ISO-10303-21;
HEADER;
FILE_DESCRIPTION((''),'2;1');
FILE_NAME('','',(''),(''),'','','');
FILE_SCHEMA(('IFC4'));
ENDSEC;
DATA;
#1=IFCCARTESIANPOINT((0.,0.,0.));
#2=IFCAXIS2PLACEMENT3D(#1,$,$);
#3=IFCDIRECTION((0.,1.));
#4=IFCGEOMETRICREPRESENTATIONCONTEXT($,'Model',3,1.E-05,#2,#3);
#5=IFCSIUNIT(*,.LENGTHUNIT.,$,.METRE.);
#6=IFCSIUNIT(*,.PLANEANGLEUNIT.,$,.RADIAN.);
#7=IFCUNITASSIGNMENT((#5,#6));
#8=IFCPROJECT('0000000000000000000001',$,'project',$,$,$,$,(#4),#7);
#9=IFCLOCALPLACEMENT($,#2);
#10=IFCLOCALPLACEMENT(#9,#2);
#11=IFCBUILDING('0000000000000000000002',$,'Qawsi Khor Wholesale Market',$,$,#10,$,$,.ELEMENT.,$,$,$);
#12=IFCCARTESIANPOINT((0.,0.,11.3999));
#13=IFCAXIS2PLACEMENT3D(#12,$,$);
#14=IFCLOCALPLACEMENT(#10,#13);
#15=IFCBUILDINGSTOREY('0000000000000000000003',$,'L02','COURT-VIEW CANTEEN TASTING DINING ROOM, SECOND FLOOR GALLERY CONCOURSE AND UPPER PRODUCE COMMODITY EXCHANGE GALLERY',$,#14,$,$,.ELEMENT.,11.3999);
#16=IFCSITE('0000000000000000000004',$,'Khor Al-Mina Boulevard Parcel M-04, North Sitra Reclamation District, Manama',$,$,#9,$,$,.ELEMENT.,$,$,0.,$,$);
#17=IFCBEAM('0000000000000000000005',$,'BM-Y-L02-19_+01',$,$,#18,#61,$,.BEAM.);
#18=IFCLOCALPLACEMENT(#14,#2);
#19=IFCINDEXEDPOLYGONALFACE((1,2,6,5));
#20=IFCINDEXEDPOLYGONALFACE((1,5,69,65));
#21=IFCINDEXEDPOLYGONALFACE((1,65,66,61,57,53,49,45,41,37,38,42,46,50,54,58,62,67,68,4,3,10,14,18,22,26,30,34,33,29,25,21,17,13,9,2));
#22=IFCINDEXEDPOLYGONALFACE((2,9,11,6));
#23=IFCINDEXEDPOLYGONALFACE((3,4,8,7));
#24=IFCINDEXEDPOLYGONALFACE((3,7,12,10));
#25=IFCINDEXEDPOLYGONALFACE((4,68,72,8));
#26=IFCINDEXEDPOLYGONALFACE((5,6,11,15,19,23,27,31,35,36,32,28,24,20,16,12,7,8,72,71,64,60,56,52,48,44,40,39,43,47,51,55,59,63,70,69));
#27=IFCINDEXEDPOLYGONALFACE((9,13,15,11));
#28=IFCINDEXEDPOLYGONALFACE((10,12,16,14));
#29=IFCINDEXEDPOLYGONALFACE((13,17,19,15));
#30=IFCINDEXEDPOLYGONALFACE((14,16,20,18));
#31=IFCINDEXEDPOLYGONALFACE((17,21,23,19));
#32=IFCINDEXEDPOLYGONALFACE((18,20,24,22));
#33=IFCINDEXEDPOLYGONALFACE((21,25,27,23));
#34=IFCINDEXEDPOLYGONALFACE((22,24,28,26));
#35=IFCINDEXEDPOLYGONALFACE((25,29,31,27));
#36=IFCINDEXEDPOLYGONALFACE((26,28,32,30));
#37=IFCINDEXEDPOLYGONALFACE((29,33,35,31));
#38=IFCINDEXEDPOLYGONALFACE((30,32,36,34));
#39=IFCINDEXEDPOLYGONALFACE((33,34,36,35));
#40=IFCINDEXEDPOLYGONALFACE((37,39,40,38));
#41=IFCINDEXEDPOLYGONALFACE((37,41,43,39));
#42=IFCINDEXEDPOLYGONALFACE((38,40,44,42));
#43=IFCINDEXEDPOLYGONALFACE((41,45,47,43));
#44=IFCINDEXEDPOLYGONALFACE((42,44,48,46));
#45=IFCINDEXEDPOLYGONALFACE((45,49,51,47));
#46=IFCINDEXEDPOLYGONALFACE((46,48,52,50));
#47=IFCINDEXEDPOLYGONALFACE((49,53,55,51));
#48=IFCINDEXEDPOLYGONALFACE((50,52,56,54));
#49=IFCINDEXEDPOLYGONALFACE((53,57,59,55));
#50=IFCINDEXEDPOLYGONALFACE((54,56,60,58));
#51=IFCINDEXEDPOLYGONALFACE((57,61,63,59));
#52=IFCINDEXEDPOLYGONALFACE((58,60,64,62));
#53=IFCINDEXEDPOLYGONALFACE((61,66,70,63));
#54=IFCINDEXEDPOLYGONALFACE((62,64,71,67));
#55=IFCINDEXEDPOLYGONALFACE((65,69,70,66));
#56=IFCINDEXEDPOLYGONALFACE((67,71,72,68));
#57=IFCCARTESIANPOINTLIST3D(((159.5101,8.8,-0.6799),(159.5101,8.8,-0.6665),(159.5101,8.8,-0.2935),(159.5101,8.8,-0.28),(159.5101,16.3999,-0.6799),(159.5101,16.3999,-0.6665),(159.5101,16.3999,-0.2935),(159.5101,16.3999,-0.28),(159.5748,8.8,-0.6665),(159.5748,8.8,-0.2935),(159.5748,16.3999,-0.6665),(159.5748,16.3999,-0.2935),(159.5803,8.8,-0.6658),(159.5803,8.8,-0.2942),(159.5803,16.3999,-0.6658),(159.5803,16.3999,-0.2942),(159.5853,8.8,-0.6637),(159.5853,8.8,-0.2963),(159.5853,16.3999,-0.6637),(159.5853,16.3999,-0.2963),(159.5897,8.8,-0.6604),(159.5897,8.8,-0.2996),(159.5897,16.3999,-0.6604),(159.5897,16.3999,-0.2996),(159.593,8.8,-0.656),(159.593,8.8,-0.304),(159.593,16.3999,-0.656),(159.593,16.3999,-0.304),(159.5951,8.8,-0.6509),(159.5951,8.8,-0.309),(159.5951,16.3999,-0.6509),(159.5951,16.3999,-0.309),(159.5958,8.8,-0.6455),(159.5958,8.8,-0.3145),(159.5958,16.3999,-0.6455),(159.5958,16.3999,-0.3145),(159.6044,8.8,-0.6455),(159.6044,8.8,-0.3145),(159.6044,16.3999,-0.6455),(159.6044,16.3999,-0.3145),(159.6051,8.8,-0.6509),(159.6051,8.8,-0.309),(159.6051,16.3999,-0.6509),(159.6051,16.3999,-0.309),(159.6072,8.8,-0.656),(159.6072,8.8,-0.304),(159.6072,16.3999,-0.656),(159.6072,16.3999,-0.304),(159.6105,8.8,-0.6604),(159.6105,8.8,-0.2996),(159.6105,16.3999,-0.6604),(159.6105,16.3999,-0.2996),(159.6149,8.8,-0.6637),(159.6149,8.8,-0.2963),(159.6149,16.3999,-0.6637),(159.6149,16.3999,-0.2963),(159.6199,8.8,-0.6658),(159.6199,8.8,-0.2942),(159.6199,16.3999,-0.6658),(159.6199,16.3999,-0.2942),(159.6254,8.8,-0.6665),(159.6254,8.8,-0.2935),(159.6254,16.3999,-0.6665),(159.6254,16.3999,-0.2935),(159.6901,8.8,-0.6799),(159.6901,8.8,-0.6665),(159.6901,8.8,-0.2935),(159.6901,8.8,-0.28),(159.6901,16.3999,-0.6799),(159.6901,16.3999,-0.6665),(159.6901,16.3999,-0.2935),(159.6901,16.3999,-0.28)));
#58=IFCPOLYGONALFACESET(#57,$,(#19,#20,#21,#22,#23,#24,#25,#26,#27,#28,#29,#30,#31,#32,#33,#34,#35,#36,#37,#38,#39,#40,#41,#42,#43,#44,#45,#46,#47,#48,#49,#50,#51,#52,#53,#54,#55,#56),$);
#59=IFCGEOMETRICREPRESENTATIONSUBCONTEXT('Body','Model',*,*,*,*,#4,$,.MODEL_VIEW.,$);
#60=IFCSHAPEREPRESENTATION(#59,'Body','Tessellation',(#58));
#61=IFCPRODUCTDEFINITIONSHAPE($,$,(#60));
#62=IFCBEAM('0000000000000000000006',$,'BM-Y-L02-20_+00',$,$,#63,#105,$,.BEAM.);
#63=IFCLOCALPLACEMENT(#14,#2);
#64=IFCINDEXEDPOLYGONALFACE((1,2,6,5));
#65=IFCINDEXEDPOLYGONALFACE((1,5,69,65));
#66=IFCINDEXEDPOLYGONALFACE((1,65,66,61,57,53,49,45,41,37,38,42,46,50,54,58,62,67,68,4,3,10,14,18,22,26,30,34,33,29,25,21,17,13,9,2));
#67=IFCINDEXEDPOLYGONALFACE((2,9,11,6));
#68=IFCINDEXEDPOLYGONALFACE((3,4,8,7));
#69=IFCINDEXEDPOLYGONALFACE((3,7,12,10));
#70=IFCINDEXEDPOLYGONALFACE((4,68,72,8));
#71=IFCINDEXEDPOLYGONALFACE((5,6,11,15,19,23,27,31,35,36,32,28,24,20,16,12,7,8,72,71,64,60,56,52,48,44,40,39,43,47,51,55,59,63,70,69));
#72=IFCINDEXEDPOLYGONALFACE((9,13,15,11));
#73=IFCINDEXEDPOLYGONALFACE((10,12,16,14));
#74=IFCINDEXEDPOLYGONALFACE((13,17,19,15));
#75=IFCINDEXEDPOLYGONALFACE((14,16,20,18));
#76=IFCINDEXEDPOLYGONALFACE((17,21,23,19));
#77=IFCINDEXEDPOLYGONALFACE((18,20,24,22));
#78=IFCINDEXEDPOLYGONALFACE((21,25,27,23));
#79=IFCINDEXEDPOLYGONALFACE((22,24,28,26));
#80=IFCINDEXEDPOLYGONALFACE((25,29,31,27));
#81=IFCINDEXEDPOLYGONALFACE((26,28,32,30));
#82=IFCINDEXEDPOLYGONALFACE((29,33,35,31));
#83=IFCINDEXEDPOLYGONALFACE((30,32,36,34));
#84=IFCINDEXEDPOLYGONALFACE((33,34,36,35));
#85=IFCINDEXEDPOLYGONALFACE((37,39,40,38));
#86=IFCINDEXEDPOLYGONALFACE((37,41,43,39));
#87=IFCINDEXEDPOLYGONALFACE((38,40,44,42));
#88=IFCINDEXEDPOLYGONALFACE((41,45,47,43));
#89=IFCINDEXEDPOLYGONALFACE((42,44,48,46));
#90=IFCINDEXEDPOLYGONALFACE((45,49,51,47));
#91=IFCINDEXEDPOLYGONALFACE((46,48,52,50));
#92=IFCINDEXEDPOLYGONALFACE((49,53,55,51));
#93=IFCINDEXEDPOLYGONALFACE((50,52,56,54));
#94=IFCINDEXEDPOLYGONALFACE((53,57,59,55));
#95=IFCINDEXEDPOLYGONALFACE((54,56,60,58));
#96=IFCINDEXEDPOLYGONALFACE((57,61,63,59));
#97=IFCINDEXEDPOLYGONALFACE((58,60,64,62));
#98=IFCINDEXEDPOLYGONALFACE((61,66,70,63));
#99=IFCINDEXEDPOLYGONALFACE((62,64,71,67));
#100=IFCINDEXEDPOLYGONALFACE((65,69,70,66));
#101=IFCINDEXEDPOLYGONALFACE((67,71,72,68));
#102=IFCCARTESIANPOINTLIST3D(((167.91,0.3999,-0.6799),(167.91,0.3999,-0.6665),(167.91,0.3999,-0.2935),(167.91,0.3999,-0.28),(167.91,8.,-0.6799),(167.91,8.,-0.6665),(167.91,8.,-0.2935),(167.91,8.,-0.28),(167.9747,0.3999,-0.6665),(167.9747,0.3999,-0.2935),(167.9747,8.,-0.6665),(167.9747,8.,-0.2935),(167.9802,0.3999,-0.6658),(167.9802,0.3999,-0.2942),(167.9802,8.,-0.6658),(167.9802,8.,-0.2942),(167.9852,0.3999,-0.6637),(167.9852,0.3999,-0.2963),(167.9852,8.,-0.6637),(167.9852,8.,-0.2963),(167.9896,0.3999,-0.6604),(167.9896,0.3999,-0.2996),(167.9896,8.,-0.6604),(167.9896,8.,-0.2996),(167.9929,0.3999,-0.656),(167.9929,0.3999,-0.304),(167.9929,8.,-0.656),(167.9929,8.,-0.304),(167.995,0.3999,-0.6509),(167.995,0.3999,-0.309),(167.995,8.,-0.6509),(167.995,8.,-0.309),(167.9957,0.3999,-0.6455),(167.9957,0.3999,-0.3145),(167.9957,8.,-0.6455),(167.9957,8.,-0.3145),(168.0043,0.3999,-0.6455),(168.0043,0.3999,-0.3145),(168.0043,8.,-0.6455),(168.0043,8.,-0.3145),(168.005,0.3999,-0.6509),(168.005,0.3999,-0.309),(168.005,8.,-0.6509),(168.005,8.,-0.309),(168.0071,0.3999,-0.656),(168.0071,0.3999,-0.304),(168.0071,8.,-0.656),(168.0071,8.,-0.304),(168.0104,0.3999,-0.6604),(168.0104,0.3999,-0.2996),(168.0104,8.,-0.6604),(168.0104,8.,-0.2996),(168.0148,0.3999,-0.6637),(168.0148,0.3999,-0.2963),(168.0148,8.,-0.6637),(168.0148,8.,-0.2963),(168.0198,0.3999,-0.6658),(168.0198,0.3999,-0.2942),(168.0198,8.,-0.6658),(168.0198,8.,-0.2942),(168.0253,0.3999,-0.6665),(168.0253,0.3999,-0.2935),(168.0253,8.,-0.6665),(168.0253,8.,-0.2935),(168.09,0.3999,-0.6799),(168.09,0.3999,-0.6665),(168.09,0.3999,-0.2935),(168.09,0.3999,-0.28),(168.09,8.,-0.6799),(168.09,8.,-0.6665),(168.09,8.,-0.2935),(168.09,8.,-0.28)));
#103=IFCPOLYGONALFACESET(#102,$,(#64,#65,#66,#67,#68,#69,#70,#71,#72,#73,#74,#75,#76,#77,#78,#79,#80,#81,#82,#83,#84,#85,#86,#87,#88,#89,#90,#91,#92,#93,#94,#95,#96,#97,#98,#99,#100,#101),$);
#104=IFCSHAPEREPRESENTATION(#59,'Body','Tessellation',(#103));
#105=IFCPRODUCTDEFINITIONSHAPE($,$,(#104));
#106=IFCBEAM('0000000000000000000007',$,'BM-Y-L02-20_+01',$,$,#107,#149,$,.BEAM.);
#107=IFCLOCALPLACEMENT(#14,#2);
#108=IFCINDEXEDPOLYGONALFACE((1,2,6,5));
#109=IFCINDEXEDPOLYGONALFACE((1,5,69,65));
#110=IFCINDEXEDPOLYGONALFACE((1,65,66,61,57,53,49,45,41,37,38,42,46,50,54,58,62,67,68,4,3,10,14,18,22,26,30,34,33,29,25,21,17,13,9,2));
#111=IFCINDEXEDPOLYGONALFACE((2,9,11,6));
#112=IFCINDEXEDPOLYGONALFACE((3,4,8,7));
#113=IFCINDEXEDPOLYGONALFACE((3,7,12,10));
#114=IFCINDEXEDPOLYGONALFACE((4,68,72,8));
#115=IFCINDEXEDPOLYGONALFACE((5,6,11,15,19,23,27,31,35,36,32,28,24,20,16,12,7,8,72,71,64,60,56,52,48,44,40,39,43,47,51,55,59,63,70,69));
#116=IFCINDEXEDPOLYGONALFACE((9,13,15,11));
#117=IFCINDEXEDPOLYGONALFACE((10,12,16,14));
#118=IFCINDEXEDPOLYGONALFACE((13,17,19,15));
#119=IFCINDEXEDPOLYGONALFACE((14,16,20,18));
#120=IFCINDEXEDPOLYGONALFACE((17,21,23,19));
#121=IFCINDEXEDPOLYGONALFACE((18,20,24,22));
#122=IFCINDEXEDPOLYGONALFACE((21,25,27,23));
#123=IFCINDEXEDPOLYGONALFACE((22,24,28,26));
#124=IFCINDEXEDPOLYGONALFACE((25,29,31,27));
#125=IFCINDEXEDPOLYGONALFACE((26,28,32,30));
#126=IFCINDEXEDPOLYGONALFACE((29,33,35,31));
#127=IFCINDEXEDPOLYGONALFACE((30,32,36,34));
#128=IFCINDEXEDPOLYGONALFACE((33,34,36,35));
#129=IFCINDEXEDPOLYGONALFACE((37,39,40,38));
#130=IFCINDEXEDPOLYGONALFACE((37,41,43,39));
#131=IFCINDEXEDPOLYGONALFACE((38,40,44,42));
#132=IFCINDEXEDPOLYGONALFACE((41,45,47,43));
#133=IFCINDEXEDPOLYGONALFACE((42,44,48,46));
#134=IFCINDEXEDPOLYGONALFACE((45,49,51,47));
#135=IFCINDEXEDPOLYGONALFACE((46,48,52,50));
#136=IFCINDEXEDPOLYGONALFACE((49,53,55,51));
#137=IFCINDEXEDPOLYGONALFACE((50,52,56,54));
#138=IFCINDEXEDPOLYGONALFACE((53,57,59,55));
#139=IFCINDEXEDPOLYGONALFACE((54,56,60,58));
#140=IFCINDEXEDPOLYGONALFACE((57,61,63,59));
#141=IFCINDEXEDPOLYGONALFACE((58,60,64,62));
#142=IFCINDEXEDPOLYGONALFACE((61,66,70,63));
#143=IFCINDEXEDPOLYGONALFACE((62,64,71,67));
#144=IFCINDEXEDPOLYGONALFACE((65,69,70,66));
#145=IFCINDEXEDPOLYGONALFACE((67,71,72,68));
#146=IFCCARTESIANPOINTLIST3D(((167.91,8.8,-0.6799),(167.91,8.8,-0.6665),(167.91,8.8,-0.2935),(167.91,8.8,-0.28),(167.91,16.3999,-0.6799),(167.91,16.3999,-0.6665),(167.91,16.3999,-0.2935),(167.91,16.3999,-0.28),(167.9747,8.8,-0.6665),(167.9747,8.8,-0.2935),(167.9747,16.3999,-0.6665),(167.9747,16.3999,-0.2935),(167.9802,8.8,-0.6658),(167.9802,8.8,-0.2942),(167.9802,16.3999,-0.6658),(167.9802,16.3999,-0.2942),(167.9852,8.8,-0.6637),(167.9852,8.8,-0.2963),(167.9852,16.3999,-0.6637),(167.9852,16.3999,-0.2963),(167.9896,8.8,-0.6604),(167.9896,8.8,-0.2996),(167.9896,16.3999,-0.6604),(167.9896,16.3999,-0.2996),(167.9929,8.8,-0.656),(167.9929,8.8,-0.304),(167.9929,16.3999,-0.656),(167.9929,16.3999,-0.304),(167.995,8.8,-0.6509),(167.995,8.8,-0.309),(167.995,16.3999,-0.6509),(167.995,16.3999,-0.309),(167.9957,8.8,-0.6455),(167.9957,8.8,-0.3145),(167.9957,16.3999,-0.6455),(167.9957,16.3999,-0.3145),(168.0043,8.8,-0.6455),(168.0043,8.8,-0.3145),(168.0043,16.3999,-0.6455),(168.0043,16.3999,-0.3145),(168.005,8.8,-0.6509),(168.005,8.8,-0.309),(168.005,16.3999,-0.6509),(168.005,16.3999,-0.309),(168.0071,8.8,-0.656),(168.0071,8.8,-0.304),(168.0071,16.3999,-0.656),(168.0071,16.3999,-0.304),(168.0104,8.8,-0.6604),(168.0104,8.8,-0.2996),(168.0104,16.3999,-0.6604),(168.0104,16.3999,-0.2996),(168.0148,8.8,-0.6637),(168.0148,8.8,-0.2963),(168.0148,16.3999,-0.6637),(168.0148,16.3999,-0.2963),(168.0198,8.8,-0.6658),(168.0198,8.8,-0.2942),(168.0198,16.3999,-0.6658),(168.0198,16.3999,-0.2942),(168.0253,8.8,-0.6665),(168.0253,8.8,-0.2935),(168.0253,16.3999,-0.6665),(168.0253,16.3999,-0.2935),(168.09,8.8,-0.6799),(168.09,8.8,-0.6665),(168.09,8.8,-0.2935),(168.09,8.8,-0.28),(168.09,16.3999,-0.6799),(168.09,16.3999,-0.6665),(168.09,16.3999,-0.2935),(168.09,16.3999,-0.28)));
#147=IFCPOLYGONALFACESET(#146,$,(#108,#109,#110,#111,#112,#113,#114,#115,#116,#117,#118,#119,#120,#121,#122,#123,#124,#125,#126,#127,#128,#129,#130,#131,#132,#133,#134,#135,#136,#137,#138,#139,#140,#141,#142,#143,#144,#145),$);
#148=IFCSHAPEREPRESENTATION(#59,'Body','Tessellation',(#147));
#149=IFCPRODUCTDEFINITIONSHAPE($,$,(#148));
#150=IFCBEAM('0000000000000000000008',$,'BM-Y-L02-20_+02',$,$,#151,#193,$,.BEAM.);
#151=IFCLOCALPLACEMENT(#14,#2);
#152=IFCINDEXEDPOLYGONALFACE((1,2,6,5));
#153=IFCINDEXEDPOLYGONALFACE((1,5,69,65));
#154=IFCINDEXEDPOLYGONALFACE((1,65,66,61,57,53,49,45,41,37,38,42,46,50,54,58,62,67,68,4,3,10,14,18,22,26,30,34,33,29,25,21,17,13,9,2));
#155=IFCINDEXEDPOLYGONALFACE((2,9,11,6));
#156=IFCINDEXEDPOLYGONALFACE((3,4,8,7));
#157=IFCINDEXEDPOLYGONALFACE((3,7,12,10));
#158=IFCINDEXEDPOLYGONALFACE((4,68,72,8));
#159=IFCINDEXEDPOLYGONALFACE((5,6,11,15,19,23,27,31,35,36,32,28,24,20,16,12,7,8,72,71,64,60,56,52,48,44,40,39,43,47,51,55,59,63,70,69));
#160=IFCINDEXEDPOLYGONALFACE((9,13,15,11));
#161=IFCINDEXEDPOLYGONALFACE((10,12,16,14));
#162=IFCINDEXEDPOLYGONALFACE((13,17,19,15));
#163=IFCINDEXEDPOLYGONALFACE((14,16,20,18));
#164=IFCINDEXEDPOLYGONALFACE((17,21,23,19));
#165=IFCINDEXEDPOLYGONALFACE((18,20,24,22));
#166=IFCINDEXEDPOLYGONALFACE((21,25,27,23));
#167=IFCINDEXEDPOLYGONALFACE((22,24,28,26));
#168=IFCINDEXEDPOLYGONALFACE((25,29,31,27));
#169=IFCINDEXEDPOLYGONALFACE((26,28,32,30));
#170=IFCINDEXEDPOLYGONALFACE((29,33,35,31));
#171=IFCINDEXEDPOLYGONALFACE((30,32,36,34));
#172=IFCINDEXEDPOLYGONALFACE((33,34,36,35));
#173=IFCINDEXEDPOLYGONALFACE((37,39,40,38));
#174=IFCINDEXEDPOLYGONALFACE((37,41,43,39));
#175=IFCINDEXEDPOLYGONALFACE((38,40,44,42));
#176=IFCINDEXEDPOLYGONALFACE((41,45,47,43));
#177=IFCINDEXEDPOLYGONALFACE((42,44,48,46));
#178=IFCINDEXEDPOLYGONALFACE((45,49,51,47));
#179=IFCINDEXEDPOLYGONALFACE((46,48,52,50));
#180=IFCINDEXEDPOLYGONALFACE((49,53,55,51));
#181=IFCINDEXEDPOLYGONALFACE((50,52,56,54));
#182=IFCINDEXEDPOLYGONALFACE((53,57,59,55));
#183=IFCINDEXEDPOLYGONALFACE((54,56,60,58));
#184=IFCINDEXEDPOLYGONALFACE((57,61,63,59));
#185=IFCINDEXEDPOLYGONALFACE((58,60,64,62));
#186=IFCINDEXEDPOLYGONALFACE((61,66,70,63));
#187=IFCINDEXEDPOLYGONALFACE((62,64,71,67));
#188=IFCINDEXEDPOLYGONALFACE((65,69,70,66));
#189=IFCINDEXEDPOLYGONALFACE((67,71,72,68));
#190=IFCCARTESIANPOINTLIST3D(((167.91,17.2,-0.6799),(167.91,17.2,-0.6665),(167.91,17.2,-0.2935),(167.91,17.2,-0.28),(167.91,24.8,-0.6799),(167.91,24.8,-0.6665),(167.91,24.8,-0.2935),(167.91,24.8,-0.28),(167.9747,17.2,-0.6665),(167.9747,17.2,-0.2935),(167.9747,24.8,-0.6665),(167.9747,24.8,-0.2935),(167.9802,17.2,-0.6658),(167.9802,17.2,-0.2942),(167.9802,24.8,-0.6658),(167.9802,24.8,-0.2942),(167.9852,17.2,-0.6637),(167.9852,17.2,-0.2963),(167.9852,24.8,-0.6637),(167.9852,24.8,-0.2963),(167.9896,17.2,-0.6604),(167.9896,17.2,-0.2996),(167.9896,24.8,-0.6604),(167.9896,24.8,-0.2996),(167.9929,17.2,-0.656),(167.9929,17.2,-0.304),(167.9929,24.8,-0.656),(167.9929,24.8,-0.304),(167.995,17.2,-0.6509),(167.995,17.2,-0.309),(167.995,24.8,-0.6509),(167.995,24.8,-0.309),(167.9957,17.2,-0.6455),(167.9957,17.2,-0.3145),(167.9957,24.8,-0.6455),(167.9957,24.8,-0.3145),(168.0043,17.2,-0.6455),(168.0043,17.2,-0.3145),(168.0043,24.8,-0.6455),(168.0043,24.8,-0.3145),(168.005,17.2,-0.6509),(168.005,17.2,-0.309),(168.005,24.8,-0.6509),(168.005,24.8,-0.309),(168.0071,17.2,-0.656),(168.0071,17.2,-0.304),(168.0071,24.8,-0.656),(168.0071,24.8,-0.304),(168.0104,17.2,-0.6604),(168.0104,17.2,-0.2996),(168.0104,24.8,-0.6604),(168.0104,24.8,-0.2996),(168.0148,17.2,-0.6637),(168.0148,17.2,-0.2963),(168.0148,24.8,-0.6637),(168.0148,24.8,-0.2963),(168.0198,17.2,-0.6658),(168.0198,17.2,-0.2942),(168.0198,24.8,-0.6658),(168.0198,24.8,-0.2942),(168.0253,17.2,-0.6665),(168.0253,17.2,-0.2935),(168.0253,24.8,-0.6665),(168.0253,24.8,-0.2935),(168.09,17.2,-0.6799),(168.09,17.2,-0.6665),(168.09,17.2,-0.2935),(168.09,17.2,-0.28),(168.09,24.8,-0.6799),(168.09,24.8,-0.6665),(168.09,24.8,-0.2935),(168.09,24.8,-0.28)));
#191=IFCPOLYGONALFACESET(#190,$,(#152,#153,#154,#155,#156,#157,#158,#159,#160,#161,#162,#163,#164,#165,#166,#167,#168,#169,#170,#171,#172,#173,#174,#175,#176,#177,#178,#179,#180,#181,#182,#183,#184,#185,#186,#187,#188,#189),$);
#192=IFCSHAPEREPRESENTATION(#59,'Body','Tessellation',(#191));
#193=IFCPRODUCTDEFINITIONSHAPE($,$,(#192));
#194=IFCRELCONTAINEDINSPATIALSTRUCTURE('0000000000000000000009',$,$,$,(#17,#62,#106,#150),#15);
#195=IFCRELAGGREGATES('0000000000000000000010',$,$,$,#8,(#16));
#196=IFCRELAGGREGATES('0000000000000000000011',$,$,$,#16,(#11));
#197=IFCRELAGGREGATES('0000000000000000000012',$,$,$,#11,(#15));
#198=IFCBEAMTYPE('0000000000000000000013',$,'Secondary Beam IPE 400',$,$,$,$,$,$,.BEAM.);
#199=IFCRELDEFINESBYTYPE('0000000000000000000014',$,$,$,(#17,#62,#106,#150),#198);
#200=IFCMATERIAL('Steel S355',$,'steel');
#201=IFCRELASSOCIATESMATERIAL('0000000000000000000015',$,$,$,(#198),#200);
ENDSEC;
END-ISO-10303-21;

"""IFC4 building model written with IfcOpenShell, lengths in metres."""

from ifc_helpers import new_model, si_unit, direction, frame, origin, origin_2d, place, context, subcontext, project, spatial, i_section, extrude, material, material_profile, profile_set, type_object, element, save


model = new_model("IFC4")

# Units and contexts
model_context = context("Model", 3, precision=1e-05, world=origin(), true_north=direction((0.0, 1.0)))
body_context = subcontext(model_context, "Body", "Model", "MODEL_VIEW")
ifc_project = project(units=[si_unit("LENGTHUNIT", "METRE"), si_unit("PLANEANGLEUNIT", "RADIAN")], contexts=[model_context])

# Site, building, storey
site_placement = place(None, origin())
site = spatial("IfcSite", under=ifc_project, at=site_placement, Name="Khor Al-Mina Boulevard Parcel M-04, North Sitra Reclamation District, Manama", CompositionType="ELEMENT", RefElevation=0.0)
building_placement = place(site_placement, origin())
building = spatial("IfcBuilding", under=site, at=building_placement, Name="Qawsi Khor Wholesale Market", CompositionType="ELEMENT")
storey_placement = place(building_placement, frame((0.0, 0.0, 11.3999)))
storey = spatial("IfcBuildingStorey", under=building, at=storey_placement, Name="L02", Description="COURT-VIEW CANTEEN TASTING DINING ROOM, SECOND FLOOR GALLERY CONCOURSE AND UPPER PRODUCE COMMODITY EXCHANGE GALLERY", CompositionType="ELEMENT", Elevation=11.3999)

# Beams
ifc_material_1 = material(Name="Steel S355", Category="steel")
ifc_material_profile_1 = material_profile(ifc_material_1, i_section(OverallWidth=0.1799, OverallDepth=0.3999, WebThickness=0.0085, FlangeThickness=0.0134, FilletRadius=0.021, at=origin_2d()), Name="IPE 400")
ifc_profile_set_1 = profile_set([ifc_material_profile_1], Name="Steel S355")
beam_type_1 = type_object("IfcBeamType", Name="Secondary Beam IPE 400", PredefinedType="BEAM", material=ifc_profile_set_1)
beam_1_placement = place(storey_placement, frame((159.6001, 8.8, -0.48), z_axis=(0.0, 1.0, 0.0), x_axis=(-1.0, 0.0, 0.0)))
element("IfcBeam", 1, at=beam_1_placement, inside=storey, type_object=beam_type_1, Name="BM-Y-L02-19_+01", PredefinedType="BEAM", context=body_context, shape_type="SweptSolid", body=[
    extrude(i_section(OverallWidth=0.1799, OverallDepth=0.3999, WebThickness=0.0085, FlangeThickness=0.0134, FilletRadius=0.021, at=origin_2d()), origin(), (0.0, 0.0, 1.0), 7.5999),
])
beam_2_placement = place(storey_placement, frame((168.0, 0.3999, -0.48), z_axis=(0.0, 1.0, 0.0), x_axis=(-1.0, 0.0, 0.0)))
element("IfcBeam", 2, at=beam_2_placement, inside=storey, type_object=beam_type_1, Name="BM-Y-L02-20_+00", PredefinedType="BEAM", context=body_context, shape_type="SweptSolid", body=[
    extrude(i_section(OverallWidth=0.1799, OverallDepth=0.3999, WebThickness=0.0085, FlangeThickness=0.0134, FilletRadius=0.021, at=origin_2d()), origin(), (0.0, 0.0, 1.0), 7.6001),
])
beam_3_placement = place(storey_placement, frame((168.0, 8.8, -0.48), z_axis=(0.0, 1.0, 0.0), x_axis=(-1.0, 0.0, 0.0)))
element("IfcBeam", 3, at=beam_3_placement, inside=storey, type_object=beam_type_1, Name="BM-Y-L02-20_+01", PredefinedType="BEAM", context=body_context, shape_type="SweptSolid", body=[
    extrude(i_section(OverallWidth=0.1799, OverallDepth=0.3999, WebThickness=0.0085, FlangeThickness=0.0134, FilletRadius=0.021, at=origin_2d()), origin(), (0.0, 0.0, 1.0), 7.5999),
])
beam_4_placement = place(storey_placement, frame((168.0, 17.2, -0.48), z_axis=(0.0, 1.0, 0.0), x_axis=(-1.0, 0.0, 0.0)))
element("IfcBeam", 4, at=beam_4_placement, inside=storey, type_object=beam_type_1, Name="BM-Y-L02-20_+02", PredefinedType="BEAM", context=body_context, shape_type="SweptSolid", body=[
    extrude(i_section(OverallWidth=0.1799, OverallDepth=0.3999, WebThickness=0.0085, FlangeThickness=0.0134, FilletRadius=0.021, at=origin_2d()), origin(), (0.0, 0.0, 1.0), 7.6001),
])

save(model, "model.ifc")
